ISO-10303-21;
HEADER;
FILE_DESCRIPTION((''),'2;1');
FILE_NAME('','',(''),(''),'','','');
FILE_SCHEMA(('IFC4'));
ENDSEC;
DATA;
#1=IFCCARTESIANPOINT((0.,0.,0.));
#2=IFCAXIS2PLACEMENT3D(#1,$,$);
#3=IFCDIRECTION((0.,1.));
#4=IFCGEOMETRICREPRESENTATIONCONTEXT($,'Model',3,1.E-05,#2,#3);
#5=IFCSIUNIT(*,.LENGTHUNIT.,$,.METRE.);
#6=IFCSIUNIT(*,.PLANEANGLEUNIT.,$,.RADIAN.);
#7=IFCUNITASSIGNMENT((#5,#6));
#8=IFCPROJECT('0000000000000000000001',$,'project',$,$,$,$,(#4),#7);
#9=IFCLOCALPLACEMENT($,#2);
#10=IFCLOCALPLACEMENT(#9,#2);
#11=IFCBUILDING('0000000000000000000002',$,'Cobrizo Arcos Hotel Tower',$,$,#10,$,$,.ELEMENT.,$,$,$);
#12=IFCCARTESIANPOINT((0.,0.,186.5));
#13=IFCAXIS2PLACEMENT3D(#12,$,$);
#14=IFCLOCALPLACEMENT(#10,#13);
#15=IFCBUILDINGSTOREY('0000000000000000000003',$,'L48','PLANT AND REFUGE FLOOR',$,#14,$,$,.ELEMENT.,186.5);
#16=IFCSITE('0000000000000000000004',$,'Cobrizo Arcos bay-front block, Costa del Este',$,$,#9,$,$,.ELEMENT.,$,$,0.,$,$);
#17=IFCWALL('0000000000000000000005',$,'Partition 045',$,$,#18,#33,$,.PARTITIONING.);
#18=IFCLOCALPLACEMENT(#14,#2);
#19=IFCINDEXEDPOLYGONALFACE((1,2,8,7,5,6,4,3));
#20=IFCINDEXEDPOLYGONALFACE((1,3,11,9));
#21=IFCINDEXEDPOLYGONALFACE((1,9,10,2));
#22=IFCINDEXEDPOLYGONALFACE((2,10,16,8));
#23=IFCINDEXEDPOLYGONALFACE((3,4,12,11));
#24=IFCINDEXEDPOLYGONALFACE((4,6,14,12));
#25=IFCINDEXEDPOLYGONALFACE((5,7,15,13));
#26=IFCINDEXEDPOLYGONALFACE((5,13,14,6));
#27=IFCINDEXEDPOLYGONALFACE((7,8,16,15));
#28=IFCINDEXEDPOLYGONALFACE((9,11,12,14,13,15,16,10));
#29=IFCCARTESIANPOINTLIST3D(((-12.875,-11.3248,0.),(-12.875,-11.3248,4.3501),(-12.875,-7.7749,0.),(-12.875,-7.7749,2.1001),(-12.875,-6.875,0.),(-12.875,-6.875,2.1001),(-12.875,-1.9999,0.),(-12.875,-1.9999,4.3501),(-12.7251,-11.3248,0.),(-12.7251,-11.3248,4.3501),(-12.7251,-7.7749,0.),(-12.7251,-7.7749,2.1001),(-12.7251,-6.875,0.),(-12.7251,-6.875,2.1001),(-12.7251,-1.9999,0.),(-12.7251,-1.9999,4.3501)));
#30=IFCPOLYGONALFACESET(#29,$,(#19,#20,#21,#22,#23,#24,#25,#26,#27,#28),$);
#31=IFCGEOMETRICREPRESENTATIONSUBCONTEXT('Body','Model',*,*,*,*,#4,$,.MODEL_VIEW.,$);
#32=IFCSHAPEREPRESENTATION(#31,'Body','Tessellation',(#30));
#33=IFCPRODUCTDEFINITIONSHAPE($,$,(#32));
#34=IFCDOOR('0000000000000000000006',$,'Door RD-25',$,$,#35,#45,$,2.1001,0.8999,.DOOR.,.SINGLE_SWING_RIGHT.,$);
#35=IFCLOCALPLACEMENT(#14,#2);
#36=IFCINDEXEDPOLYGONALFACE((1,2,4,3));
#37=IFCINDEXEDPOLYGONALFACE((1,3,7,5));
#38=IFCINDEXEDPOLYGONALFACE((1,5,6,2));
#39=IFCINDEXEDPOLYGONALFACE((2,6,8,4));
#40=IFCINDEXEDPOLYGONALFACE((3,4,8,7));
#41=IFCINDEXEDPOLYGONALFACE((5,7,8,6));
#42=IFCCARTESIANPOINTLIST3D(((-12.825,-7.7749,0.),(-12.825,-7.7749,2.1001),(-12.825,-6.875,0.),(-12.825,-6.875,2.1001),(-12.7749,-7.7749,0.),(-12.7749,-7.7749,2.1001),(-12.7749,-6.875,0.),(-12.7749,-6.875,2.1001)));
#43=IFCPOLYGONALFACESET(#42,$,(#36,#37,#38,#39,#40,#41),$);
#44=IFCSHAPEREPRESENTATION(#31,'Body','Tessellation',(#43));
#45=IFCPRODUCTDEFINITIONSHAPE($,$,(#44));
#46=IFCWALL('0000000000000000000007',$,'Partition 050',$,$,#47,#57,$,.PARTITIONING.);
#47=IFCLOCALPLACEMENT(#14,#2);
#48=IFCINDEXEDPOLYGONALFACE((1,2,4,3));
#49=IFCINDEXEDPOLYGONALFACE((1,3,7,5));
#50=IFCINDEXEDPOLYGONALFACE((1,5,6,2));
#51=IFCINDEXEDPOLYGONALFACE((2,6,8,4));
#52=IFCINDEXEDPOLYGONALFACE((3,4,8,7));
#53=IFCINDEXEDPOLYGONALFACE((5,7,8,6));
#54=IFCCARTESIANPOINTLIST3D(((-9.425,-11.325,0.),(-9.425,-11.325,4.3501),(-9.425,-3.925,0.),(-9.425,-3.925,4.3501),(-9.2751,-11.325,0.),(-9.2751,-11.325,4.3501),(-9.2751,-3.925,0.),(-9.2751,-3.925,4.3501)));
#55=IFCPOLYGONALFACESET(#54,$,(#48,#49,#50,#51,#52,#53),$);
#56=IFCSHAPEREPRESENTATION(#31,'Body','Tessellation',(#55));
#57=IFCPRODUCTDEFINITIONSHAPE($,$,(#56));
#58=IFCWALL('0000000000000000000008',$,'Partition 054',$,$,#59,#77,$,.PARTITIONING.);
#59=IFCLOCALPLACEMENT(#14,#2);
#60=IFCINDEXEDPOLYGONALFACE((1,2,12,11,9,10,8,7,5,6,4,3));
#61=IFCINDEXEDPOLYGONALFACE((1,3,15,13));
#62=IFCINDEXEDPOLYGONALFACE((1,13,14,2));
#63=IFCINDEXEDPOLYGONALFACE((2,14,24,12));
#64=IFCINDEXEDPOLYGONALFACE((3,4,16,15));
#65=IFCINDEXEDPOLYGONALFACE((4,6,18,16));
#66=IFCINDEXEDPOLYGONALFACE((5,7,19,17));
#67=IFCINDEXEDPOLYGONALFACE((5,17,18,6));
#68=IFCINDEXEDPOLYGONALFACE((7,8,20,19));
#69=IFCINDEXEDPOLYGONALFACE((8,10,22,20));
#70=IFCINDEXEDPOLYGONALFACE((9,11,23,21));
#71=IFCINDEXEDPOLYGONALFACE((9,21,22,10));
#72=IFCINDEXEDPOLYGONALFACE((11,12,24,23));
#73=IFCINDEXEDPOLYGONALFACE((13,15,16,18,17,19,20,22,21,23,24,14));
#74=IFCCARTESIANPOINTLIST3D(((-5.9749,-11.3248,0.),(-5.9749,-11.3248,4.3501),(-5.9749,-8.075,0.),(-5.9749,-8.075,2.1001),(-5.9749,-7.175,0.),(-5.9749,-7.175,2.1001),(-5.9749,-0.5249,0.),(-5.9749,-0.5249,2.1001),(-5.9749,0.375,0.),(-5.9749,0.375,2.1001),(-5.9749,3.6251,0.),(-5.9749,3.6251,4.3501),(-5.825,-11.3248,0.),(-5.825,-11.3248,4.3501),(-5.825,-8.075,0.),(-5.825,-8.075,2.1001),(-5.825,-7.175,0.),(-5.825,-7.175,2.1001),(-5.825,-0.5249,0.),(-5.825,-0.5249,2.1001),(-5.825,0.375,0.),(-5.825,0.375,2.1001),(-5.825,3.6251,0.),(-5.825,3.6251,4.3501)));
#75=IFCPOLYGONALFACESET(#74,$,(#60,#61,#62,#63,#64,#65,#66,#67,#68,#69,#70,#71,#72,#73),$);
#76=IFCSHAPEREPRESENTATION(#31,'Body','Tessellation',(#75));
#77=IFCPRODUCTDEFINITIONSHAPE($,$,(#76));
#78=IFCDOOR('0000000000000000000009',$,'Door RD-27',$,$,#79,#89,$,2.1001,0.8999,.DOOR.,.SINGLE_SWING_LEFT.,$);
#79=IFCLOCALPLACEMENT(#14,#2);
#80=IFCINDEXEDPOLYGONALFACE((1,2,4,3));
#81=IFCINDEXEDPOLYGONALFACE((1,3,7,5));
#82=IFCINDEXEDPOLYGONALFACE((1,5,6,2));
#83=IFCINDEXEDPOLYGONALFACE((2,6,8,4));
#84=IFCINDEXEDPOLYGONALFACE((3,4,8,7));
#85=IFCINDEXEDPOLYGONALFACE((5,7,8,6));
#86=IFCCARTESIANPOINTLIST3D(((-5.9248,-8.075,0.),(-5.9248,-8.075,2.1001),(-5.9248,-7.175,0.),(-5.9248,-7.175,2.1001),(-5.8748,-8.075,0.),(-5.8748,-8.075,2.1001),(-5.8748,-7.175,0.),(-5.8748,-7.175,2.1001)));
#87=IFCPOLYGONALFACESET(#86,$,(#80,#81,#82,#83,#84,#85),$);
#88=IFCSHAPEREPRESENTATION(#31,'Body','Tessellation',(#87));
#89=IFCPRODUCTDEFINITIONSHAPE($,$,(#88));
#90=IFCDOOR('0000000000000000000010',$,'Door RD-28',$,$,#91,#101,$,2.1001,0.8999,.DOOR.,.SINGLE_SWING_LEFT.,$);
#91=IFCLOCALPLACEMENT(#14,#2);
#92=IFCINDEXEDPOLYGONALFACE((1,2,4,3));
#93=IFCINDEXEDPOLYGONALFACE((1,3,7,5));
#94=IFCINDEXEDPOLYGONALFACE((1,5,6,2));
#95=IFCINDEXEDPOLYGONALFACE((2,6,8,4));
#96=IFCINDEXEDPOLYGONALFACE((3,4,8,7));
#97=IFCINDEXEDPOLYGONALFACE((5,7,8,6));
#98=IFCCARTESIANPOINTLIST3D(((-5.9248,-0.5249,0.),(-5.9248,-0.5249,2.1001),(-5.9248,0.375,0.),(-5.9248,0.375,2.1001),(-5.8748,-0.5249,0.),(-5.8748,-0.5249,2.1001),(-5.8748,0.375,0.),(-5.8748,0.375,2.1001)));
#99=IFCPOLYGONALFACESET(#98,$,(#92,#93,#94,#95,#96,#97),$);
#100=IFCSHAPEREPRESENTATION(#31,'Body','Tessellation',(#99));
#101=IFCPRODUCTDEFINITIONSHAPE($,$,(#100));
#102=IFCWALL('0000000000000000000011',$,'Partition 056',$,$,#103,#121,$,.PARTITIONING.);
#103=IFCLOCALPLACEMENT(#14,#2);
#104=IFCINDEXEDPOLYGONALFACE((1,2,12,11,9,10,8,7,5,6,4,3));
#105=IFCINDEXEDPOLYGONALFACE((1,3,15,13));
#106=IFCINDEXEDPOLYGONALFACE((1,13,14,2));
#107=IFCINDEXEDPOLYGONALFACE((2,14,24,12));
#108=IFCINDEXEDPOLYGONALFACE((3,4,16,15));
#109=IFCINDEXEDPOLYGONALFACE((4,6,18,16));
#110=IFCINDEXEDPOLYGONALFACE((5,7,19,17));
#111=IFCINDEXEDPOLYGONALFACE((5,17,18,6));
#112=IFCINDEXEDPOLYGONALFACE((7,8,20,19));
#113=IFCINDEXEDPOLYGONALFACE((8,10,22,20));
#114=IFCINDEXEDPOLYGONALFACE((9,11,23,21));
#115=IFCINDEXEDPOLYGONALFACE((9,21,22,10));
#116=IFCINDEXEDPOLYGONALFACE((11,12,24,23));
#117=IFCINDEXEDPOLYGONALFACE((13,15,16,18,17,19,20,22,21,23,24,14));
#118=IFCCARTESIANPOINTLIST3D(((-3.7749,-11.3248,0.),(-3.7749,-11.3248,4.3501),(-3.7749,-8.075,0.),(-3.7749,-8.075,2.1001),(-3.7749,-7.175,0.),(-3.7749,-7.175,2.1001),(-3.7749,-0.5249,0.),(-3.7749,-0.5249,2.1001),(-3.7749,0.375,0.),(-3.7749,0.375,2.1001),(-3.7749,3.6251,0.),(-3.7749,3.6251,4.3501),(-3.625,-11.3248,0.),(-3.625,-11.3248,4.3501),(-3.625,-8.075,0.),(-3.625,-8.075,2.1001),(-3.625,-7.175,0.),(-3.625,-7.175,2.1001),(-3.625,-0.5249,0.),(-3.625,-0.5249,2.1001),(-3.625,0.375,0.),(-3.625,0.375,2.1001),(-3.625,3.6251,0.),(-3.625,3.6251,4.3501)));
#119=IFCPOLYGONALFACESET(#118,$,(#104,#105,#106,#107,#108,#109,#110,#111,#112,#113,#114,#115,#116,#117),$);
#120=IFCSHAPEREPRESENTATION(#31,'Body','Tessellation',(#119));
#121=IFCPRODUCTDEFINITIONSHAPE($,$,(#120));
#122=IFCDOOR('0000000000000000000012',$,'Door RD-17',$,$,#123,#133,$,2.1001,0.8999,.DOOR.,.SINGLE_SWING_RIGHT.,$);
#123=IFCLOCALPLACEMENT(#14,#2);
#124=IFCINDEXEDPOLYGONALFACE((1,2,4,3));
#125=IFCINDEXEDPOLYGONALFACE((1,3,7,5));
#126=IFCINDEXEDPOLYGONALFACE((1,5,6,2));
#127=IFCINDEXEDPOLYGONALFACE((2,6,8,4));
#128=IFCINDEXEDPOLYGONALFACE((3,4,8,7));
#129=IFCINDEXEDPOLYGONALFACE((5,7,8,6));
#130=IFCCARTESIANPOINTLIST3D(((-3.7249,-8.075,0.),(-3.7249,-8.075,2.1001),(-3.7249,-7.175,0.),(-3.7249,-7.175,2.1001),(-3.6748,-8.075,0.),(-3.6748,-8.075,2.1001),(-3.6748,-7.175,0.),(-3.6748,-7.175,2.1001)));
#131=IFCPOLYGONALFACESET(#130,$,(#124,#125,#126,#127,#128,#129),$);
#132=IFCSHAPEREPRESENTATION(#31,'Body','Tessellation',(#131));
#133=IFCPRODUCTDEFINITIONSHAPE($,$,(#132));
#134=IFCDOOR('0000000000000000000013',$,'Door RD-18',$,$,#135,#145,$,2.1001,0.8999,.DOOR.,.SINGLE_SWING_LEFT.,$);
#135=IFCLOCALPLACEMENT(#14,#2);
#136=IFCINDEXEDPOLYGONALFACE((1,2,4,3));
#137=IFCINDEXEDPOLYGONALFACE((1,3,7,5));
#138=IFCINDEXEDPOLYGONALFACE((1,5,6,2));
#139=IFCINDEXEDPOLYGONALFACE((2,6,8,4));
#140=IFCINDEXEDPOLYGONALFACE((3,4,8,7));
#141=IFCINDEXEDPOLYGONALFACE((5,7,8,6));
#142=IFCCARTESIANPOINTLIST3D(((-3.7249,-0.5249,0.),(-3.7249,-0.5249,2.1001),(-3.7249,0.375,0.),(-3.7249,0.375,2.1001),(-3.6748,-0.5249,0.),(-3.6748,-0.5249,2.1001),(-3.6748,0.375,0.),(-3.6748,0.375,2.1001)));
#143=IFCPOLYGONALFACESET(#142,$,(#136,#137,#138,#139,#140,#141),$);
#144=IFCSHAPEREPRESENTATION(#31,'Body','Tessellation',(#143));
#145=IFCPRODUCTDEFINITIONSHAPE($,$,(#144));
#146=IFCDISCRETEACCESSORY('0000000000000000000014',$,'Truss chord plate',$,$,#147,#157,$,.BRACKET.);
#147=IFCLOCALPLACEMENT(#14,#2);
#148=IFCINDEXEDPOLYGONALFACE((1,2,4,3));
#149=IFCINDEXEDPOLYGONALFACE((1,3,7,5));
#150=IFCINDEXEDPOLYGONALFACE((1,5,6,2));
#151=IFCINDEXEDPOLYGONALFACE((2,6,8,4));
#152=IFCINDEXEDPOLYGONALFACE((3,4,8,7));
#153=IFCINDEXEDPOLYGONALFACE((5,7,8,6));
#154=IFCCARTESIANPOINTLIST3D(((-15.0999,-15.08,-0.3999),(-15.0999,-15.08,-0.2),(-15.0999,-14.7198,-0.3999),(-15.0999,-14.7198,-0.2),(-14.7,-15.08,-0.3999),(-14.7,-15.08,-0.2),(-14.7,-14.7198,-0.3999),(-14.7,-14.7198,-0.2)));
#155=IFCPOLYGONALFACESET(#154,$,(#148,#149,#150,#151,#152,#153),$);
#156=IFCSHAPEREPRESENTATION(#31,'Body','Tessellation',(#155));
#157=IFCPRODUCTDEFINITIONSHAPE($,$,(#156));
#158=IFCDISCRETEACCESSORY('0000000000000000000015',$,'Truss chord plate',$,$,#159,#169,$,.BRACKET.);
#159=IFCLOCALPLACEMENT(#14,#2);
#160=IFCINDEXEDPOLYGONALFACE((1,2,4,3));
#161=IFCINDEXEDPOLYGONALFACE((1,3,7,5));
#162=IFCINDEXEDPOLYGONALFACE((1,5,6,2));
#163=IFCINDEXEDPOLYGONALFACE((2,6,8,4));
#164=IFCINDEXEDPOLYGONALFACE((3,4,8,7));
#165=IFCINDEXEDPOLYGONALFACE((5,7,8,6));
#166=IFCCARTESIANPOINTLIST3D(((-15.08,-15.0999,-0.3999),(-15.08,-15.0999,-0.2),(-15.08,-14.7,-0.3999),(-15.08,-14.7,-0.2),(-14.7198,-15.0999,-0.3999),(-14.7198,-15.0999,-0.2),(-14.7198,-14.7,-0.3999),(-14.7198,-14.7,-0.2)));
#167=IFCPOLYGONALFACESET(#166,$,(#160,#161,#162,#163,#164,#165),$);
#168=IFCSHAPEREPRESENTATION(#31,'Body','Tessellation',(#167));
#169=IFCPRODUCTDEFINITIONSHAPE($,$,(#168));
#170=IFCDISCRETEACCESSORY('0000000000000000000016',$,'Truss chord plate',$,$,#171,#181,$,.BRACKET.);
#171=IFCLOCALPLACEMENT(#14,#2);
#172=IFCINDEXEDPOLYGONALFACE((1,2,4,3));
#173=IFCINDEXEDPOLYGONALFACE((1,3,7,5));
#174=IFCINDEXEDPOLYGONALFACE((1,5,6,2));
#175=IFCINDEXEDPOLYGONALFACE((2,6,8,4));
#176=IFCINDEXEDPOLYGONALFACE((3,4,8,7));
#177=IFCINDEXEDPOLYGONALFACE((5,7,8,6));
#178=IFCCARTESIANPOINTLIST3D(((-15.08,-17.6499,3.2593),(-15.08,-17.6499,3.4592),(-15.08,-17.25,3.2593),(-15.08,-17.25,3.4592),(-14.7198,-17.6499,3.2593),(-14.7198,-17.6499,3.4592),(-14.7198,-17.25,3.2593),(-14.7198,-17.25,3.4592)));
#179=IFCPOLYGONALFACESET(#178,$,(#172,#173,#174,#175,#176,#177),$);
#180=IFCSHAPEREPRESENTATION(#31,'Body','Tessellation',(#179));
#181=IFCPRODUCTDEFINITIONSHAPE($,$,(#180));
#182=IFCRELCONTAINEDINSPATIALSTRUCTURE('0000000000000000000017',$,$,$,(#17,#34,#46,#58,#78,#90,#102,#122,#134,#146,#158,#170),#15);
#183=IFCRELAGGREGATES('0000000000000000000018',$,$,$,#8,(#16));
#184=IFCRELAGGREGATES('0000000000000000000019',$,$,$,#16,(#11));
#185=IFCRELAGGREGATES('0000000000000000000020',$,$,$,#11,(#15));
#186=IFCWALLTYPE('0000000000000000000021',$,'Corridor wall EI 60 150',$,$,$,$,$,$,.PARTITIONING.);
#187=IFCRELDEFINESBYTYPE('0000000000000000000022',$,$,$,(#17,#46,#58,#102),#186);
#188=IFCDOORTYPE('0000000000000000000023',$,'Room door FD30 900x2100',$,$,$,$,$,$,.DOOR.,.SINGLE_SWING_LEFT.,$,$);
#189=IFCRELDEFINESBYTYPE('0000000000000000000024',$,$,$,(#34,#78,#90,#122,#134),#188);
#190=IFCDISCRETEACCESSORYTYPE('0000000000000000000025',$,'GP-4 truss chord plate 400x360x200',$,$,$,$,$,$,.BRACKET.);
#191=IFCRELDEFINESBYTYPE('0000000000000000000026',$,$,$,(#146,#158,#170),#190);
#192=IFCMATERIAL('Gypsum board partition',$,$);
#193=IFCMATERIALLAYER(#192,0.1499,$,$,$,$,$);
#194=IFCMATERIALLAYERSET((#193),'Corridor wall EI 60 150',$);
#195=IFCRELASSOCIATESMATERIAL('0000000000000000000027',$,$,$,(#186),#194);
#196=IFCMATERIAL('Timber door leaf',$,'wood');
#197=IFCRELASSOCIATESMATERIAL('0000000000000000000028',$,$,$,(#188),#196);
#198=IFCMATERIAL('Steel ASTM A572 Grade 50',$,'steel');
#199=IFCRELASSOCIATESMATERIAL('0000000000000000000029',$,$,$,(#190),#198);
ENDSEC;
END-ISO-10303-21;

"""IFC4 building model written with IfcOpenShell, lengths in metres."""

from ifc_helpers import new_model, si_unit, direction, frame, frame_2d, origin, origin_2d, place, context, subcontext, project, spatial, rectangle, extrude, material, layer, layer_set, type_object, element, fill, save


model = new_model("IFC4")

# Units and contexts
model_context = context("Model", 3, precision=1e-05, world=origin(), true_north=direction((0.0, 1.0)))
body_context = subcontext(model_context, "Body", "Model", "MODEL_VIEW")
ifc_project = project(units=[si_unit("LENGTHUNIT", "METRE"), si_unit("PLANEANGLEUNIT", "RADIAN")], contexts=[model_context])

# Site, building, storey
site_placement = place(None, origin())
site = spatial("IfcSite", under=ifc_project, at=site_placement, Name="Cobrizo Arcos bay-front block, Costa del Este", CompositionType="ELEMENT", RefElevation=0.0)
building_placement = place(site_placement, origin())
building = spatial("IfcBuilding", under=site, at=building_placement, Name="Cobrizo Arcos Hotel Tower", CompositionType="ELEMENT")
storey_placement = place(building_placement, frame((0.0, 0.0, 186.5)))
storey = spatial("IfcBuildingStorey", under=building, at=storey_placement, Name="L48", Description="PLANT AND REFUGE FLOOR", CompositionType="ELEMENT", Elevation=186.5)

# Shared definitions
ifc_material_1 = material(Name="Gypsum board partition")
ifc_layer = layer(ifc_material_1, 0.1499)
ifc_layer_set = layer_set([ifc_layer], Name="Corridor wall EI 60 150")
wall_type = type_object("IfcWallType", Name="Corridor wall EI 60 150", PredefinedType="PARTITIONING", material=ifc_layer_set)

# Wall, opening, door
wall_1_placement = place(storey_placement, frame((-12.8, -11.325, 0.0), z_axis=(0.0, 0.0, 1.0), x_axis=(0.0, 1.0, 0.0)))
wall_1 = element("IfcWall", 1, at=wall_1_placement, inside=storey, type_object=wall_type, Name="Partition 045", PredefinedType="PARTITIONING", context=body_context, shape_type="SweptSolid", body=[
    extrude(rectangle(XDim=9.325, YDim=0.1499, at=frame_2d((4.6626, 0.0))), origin(), (0.0, 0.0, 1.0), 4.3501),
])
opening_1_placement = place(wall_1_placement, frame((3.55, 0.0, 0.0)))
opening_1 = element("IfcOpeningElement", 2, at=opening_1_placement, cuts=wall_1, PredefinedType="OPENING", context=body_context, shape_type="SweptSolid", body=[
    extrude(rectangle(XDim=0.8999, YDim=2.1001, at=frame_2d((0.45, 1.05))), frame((0.0, 0.0869, 0.0), z_axis=(0.0, -1.0, 0.0), x_axis=(1.0, 0.0, 0.0)), (0.0, 0.0, 1.0), 0.1738),
])
ifc_material_2 = material(Name="Timber door leaf", Category="wood")
door_type = type_object("IfcDoorType", Name="Room door FD30 900x2100", OperationType="SINGLE_SWING_LEFT", PredefinedType="DOOR", material=ifc_material_2)
door_1_placement = place(opening_1_placement, origin())
door_1 = element("IfcDoor", 3, at=door_1_placement, inside=storey, type_object=door_type, Name="Door RD-25", OperationType="SINGLE_SWING_RIGHT", OverallHeight=2.1001, OverallWidth=0.8999, PredefinedType="DOOR", context=body_context, shape_type="SweptSolid", body=[
    extrude(rectangle(XDim=0.8999, YDim=2.1001, at=frame_2d((0.45, 1.05))), frame((0.0, 0.0249, 0.0), z_axis=(0.0, -1.0, 0.0), x_axis=(1.0, 0.0, 0.0)), (0.0, 0.0, 1.0), 0.05),
])
fill(opening_1, door_1)

# Wall
wall_2_placement = place(storey_placement, frame((-9.3501, -11.325, 0.0), z_axis=(0.0, 0.0, 1.0), x_axis=(0.0, 1.0, 0.0)))
element("IfcWall", 4, at=wall_2_placement, inside=storey, type_object=wall_type, Name="Partition 050", PredefinedType="PARTITIONING", context=body_context, shape_type="SweptSolid", body=[
    extrude(rectangle(XDim=7.3999, YDim=0.1499, at=frame_2d((3.7, 0.0))), origin(), (0.0, 0.0, 1.0), 4.3501),
])

# Walls, openings, doors
wall_3_placement = place(storey_placement, frame((-5.8999, -11.325, 0.0), z_axis=(0.0, 0.0, 1.0), x_axis=(0.0, 1.0, 0.0)))
wall_3 = element("IfcWall", 5, at=wall_3_placement, inside=storey, type_object=wall_type, Name="Partition 054", PredefinedType="PARTITIONING", context=body_context, shape_type="SweptSolid", body=[
    extrude(rectangle(XDim=14.95, YDim=0.1499, at=frame_2d((7.4751, 0.0))), origin(), (0.0, 0.0, 1.0), 4.3501),
])
opening_2_placement = place(wall_3_placement, frame((3.25, 0.0, 0.0)))
opening_2 = element("IfcOpeningElement", 6, at=opening_2_placement, cuts=wall_3, PredefinedType="OPENING", context=body_context, shape_type="SweptSolid", body=[
    extrude(rectangle(XDim=0.8999, YDim=2.1001, at=frame_2d((0.45, 1.05))), frame((0.0, 0.0869, 0.0), z_axis=(0.0, -1.0, 0.0), x_axis=(1.0, 0.0, 0.0)), (0.0, 0.0, 1.0), 0.1738),
])
opening_3_placement = place(wall_3_placement, frame((10.8, 0.0, 0.0)))
opening_3 = element("IfcOpeningElement", 7, at=opening_3_placement, cuts=wall_3, PredefinedType="OPENING", context=body_context, shape_type="SweptSolid", body=[
    extrude(rectangle(XDim=0.8999, YDim=2.1001, at=frame_2d((0.45, 1.05))), frame((0.0, 0.0869, 0.0), z_axis=(0.0, -1.0, 0.0), x_axis=(1.0, 0.0, 0.0)), (0.0, 0.0, 1.0), 0.1738),
])
door_2_placement = place(opening_2_placement, origin())
door_2 = element("IfcDoor", 8, at=door_2_placement, inside=storey, type_object=door_type, Name="Door RD-27", OperationType="SINGLE_SWING_LEFT", OverallHeight=2.1001, OverallWidth=0.8999, PredefinedType="DOOR", context=body_context, shape_type="SweptSolid", body=[
    extrude(rectangle(XDim=0.8999, YDim=2.1001, at=frame_2d((0.45, 1.05))), frame((0.0, 0.0249, 0.0), z_axis=(0.0, -1.0, 0.0), x_axis=(1.0, 0.0, 0.0)), (0.0, 0.0, 1.0), 0.05),
])
fill(opening_2, door_2)
door_3_placement = place(opening_3_placement, origin())
door_3 = element("IfcDoor", 9, at=door_3_placement, inside=storey, type_object=door_type, Name="Door RD-28", OperationType="SINGLE_SWING_LEFT", OverallHeight=2.1001, OverallWidth=0.8999, PredefinedType="DOOR", context=body_context, shape_type="SweptSolid", body=[
    extrude(rectangle(XDim=0.8999, YDim=2.1001, at=frame_2d((0.45, 1.05))), frame((0.0, 0.0249, 0.0), z_axis=(0.0, -1.0, 0.0), x_axis=(1.0, 0.0, 0.0)), (0.0, 0.0, 1.0), 0.05),
])
fill(opening_3, door_3)
wall_4_placement = place(storey_placement, frame((-3.7, -11.325, 0.0), z_axis=(0.0, 0.0, 1.0), x_axis=(0.0, 1.0, 0.0)))
wall_4 = element("IfcWall", 10, at=wall_4_placement, inside=storey, type_object=wall_type, Name="Partition 056", PredefinedType="PARTITIONING", context=body_context, shape_type="SweptSolid", body=[
    extrude(rectangle(XDim=14.95, YDim=0.1499, at=frame_2d((7.4751, 0.0))), origin(), (0.0, 0.0, 1.0), 4.3501),
])
opening_4_placement = place(wall_4_placement, frame((3.25, 0.0, 0.0)))
opening_4 = element("IfcOpeningElement", 11, at=opening_4_placement, cuts=wall_4, PredefinedType="OPENING", context=body_context, shape_type="SweptSolid", body=[
    extrude(rectangle(XDim=0.8999, YDim=2.1001, at=frame_2d((0.45, 1.05))), frame((0.0, 0.0869, 0.0), z_axis=(0.0, -1.0, 0.0), x_axis=(1.0, 0.0, 0.0)), (0.0, 0.0, 1.0), 0.1738),
])
opening_5_placement = place(wall_4_placement, frame((10.8, 0.0, 0.0)))
opening_5 = element("IfcOpeningElement", 12, at=opening_5_placement, cuts=wall_4, PredefinedType="OPENING", context=body_context, shape_type="SweptSolid", body=[
    extrude(rectangle(XDim=0.8999, YDim=2.1001, at=frame_2d((0.45, 1.05))), frame((0.0, 0.0869, 0.0), z_axis=(0.0, -1.0, 0.0), x_axis=(1.0, 0.0, 0.0)), (0.0, 0.0, 1.0), 0.1738),
])
door_4_placement = place(opening_4_placement, origin())
door_4 = element("IfcDoor", 13, at=door_4_placement, inside=storey, type_object=door_type, Name="Door RD-17", OperationType="SINGLE_SWING_RIGHT", OverallHeight=2.1001, OverallWidth=0.8999, PredefinedType="DOOR", context=body_context, shape_type="SweptSolid", body=[
    extrude(rectangle(XDim=0.8999, YDim=2.1001, at=frame_2d((0.45, 1.05))), frame((0.0, 0.0249, 0.0), z_axis=(0.0, -1.0, 0.0), x_axis=(1.0, 0.0, 0.0)), (0.0, 0.0, 1.0), 0.05),
])
fill(opening_4, door_4)
door_5_placement = place(opening_5_placement, origin())
door_5 = element("IfcDoor", 14, at=door_5_placement, inside=storey, type_object=door_type, Name="Door RD-18", OperationType="SINGLE_SWING_LEFT", OverallHeight=2.1001, OverallWidth=0.8999, PredefinedType="DOOR", context=body_context, shape_type="SweptSolid", body=[
    extrude(rectangle(XDim=0.8999, YDim=2.1001, at=frame_2d((0.45, 1.05))), frame((0.0, 0.0249, 0.0), z_axis=(0.0, -1.0, 0.0), x_axis=(1.0, 0.0, 0.0)), (0.0, 0.0, 1.0), 0.05),
])
fill(opening_5, door_5)

# Discrete accessories
ifc_material_3 = material(Name="Steel ASTM A572 Grade 50", Category="steel")
discrete_accessory_type = type_object("IfcDiscreteAccessoryType", Name="GP-4 truss chord plate 400x360x200", PredefinedType="BRACKET", material=ifc_material_3)
for number, where, z_axis, x_axis, name in (
    (15, (-14.8999, -14.8999, -0.3999), (0.0, 0.0, 1.0), (1.0, 0.0, 0.0), "Truss chord plate"),
    (16, (-14.8999, -14.8999, -0.3999), (0.0, 0.0, 1.0), (0.0, -1.0, 0.0), "Truss chord plate"),
    (17, (-14.8999, -17.45, 3.2593), (0.0, 0.0, 1.0), (0.0, -1.0, 0.0), "Truss chord plate"),
):
    element("IfcDiscreteAccessory", number, at=place(storey_placement, frame(where, z_axis=z_axis, x_axis=x_axis)), inside=storey, type_object=discrete_accessory_type, Name=name, PredefinedType="BRACKET", context=body_context, shape_type="SweptSolid", body=[
        extrude(rectangle(XDim=0.3999, YDim=0.3601, at=origin_2d()), origin(), (0.0, 0.0, 1.0), 0.2),
    ])

save(model, "model.ifc")
